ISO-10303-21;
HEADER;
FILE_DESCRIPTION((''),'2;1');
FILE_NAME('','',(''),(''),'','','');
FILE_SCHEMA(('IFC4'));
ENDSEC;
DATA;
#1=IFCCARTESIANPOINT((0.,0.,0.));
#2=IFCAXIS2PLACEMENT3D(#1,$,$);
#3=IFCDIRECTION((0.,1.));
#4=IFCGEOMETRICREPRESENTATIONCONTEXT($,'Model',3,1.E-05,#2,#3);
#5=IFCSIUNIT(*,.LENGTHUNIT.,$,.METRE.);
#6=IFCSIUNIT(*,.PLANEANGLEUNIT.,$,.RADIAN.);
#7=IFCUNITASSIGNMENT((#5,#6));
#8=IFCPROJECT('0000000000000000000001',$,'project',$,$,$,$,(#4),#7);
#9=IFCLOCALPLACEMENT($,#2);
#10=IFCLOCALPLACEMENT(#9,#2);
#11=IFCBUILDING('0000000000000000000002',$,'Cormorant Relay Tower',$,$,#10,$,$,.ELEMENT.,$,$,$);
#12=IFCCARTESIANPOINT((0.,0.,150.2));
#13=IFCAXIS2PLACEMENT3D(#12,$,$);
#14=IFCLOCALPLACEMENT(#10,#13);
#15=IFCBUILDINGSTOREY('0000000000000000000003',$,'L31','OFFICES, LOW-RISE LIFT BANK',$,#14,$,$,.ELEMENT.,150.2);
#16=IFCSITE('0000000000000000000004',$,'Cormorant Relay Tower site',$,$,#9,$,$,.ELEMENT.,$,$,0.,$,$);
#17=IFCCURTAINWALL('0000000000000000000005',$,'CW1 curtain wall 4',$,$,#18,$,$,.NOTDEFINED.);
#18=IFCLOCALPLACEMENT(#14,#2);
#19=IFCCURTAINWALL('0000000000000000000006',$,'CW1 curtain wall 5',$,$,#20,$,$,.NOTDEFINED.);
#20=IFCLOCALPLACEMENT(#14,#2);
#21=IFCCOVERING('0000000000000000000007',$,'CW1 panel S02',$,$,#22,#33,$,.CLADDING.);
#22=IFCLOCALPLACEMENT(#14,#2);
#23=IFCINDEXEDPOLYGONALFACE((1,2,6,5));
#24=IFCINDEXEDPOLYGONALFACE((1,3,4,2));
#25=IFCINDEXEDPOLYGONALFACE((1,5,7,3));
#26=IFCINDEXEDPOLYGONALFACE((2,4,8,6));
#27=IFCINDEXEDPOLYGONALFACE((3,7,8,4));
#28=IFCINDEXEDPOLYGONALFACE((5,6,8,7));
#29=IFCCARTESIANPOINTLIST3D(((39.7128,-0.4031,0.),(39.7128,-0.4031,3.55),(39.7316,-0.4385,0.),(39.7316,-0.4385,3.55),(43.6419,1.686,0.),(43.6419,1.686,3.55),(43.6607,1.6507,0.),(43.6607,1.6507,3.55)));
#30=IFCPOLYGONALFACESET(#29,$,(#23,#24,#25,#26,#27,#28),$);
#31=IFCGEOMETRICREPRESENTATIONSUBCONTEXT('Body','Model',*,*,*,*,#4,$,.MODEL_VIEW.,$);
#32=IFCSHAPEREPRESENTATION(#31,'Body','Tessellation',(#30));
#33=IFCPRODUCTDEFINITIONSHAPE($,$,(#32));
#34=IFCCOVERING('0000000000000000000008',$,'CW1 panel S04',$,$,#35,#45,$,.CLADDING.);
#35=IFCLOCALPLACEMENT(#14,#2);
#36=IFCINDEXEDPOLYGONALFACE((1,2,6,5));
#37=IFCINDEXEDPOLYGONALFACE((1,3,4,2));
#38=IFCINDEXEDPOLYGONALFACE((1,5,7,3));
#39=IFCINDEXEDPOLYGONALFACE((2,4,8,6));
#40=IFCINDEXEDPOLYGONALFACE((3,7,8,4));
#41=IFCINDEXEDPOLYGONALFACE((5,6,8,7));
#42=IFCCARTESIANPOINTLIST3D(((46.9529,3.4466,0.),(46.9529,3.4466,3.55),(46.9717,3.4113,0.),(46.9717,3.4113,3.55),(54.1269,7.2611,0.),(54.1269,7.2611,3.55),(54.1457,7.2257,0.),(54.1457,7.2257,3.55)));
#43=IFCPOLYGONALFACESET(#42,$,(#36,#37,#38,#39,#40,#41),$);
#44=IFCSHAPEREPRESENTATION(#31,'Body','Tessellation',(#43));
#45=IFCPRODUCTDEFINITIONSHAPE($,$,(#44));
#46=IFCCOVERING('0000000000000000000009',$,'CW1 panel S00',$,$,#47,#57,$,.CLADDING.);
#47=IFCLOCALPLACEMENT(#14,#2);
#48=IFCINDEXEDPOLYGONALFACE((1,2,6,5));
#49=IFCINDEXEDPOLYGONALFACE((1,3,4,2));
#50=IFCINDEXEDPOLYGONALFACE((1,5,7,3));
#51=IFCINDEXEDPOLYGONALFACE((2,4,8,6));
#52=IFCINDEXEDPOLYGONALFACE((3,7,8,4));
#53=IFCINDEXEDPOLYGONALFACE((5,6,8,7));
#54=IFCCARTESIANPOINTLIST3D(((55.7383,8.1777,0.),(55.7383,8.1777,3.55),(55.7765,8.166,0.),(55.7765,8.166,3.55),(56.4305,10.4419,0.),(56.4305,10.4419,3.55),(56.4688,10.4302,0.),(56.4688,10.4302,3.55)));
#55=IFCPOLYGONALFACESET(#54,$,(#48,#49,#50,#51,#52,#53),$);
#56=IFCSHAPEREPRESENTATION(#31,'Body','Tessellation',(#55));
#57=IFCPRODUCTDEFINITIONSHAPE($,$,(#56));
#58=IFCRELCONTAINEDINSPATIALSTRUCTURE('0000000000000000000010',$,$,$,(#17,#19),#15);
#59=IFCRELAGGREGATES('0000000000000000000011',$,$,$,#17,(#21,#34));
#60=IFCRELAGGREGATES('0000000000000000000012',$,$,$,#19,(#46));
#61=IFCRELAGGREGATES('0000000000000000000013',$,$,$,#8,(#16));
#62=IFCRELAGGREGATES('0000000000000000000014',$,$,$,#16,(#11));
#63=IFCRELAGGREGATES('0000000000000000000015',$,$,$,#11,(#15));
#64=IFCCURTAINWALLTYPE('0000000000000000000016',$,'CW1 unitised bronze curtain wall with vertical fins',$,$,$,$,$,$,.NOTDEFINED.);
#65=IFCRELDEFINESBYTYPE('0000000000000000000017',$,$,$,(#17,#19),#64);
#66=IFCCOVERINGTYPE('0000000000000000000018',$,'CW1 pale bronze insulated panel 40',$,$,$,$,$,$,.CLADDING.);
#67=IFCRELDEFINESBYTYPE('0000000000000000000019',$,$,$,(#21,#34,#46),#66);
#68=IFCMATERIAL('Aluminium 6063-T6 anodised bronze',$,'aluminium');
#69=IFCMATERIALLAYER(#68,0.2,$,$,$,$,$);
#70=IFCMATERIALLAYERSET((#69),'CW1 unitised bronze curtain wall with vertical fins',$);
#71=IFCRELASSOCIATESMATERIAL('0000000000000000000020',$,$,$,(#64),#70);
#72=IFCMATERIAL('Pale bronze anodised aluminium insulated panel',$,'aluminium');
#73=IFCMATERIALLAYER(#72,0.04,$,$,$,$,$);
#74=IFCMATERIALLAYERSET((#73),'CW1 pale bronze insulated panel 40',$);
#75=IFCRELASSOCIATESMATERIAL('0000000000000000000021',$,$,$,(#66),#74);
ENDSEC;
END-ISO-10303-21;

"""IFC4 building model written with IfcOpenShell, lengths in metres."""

from ifc_helpers import new_model, si_unit, direction, frame, origin, origin_2d, place, context, subcontext, project, spatial, rectangle, extrude, material, layer, layer_set, type_object, element, aggregate, save


model = new_model("IFC4")

# Units and contexts
model_context = context("Model", 3, precision=1e-05, world=origin(), true_north=direction((0.0, 1.0)))
body_context = subcontext(model_context, "Body", "Model", "MODEL_VIEW")
ifc_project = project(units=[si_unit("LENGTHUNIT", "METRE"), si_unit("PLANEANGLEUNIT", "RADIAN")], contexts=[model_context])

# Site, building, storey
site_placement = place(None, origin())
site = spatial("IfcSite", under=ifc_project, at=site_placement, Name="Cormorant Relay Tower site", CompositionType="ELEMENT", RefElevation=0.0)
building_placement = place(site_placement, origin())
building = spatial("IfcBuilding", under=site, at=building_placement, Name="Cormorant Relay Tower", CompositionType="ELEMENT")
storey_placement = place(building_placement, frame((0.0, 0.0, 150.2)))
storey = spatial("IfcBuildingStorey", under=building, at=storey_placement, Name="L31", Description="OFFICES, LOW-RISE LIFT BANK", CompositionType="ELEMENT", Elevation=150.2)

# Shared definitions
ifc_material_1 = material(Name="Aluminium 6063-T6 anodised bronze", Category="aluminium")
ifc_layer_1 = layer(ifc_material_1, 0.2)
ifc_layer_set_1 = layer_set([ifc_layer_1], Name="CW1 unitised bronze curtain wall with vertical fins")
curtain_wall_type = type_object("IfcCurtainWallType", Name="CW1 unitised bronze curtain wall with vertical fins", PredefinedType="NOTDEFINED", material=ifc_layer_set_1)

# Curtain wall
curtain_wall_1_placement = place(storey_placement, origin())
curtain_wall_1 = element("IfcCurtainWall", 1, at=curtain_wall_1_placement, inside=storey, type_object=curtain_wall_type, Name="CW1 curtain wall 4", PredefinedType="NOTDEFINED")

# Curtain wall
curtain_wall_2_placement = place(storey_placement, origin())
curtain_wall_2 = element("IfcCurtainWall", 2, at=curtain_wall_2_placement, inside=storey, type_object=curtain_wall_type, Name="CW1 curtain wall 5", PredefinedType="NOTDEFINED")

# Coverings
ifc_material_2 = material(Name="Pale bronze anodised aluminium insulated panel", Category="aluminium")
ifc_layer_2 = layer(ifc_material_2, 0.04)
ifc_layer_set_2 = layer_set([ifc_layer_2], Name="CW1 pale bronze insulated panel 40")
covering_type = type_object("IfcCoveringType", Name="CW1 pale bronze insulated panel 40", PredefinedType="CLADDING", material=ifc_layer_set_2)
covering_1_placement = place(storey_placement, frame((41.6868, 0.6238, 0.0), z_axis=(0.0, 0.0, 1.0), x_axis=(0.882948, 0.469472, 0.0)))
covering_1 = element("IfcCovering", 3, at=covering_1_placement, type_object=covering_type, Name="CW1 panel S02", PredefinedType="CLADDING", context=body_context, shape_type="SweptSolid", body=[
    extrude(rectangle(XDim=4.45, YDim=0.04, at=origin_2d()), origin(), (0.0, 0.0, 1.0), 3.55),
])
covering_2_placement = place(storey_placement, frame((50.5493, 5.3362, 0.0), z_axis=(0.0, 0.0, 1.0), x_axis=(0.882948, 0.469472, 0.0)))
covering_2 = element("IfcCovering", 4, at=covering_2_placement, type_object=covering_type, Name="CW1 panel S04", PredefinedType="CLADDING", context=body_context, shape_type="SweptSolid", body=[
    extrude(rectangle(XDim=8.125, YDim=0.04, at=origin_2d()), origin(), (0.0, 0.0, 1.0), 3.55),
])
aggregate(curtain_wall_1, [covering_1, covering_2])
covering_3_placement = place(storey_placement, frame((56.1035, 9.304, 0.0), z_axis=(0.0, 0.0, 1.0), x_axis=(0.292372, 0.956305, 0.0)))
covering_3 = element("IfcCovering", 5, at=covering_3_placement, type_object=covering_type, Name="CW1 panel S00", PredefinedType="CLADDING", context=body_context, shape_type="SweptSolid", body=[
    extrude(rectangle(XDim=2.3677, YDim=0.04, at=origin_2d()), origin(), (0.0, 0.0, 1.0), 3.55),
])
aggregate(curtain_wall_2, [covering_3])

save(model, "model.ifc")
